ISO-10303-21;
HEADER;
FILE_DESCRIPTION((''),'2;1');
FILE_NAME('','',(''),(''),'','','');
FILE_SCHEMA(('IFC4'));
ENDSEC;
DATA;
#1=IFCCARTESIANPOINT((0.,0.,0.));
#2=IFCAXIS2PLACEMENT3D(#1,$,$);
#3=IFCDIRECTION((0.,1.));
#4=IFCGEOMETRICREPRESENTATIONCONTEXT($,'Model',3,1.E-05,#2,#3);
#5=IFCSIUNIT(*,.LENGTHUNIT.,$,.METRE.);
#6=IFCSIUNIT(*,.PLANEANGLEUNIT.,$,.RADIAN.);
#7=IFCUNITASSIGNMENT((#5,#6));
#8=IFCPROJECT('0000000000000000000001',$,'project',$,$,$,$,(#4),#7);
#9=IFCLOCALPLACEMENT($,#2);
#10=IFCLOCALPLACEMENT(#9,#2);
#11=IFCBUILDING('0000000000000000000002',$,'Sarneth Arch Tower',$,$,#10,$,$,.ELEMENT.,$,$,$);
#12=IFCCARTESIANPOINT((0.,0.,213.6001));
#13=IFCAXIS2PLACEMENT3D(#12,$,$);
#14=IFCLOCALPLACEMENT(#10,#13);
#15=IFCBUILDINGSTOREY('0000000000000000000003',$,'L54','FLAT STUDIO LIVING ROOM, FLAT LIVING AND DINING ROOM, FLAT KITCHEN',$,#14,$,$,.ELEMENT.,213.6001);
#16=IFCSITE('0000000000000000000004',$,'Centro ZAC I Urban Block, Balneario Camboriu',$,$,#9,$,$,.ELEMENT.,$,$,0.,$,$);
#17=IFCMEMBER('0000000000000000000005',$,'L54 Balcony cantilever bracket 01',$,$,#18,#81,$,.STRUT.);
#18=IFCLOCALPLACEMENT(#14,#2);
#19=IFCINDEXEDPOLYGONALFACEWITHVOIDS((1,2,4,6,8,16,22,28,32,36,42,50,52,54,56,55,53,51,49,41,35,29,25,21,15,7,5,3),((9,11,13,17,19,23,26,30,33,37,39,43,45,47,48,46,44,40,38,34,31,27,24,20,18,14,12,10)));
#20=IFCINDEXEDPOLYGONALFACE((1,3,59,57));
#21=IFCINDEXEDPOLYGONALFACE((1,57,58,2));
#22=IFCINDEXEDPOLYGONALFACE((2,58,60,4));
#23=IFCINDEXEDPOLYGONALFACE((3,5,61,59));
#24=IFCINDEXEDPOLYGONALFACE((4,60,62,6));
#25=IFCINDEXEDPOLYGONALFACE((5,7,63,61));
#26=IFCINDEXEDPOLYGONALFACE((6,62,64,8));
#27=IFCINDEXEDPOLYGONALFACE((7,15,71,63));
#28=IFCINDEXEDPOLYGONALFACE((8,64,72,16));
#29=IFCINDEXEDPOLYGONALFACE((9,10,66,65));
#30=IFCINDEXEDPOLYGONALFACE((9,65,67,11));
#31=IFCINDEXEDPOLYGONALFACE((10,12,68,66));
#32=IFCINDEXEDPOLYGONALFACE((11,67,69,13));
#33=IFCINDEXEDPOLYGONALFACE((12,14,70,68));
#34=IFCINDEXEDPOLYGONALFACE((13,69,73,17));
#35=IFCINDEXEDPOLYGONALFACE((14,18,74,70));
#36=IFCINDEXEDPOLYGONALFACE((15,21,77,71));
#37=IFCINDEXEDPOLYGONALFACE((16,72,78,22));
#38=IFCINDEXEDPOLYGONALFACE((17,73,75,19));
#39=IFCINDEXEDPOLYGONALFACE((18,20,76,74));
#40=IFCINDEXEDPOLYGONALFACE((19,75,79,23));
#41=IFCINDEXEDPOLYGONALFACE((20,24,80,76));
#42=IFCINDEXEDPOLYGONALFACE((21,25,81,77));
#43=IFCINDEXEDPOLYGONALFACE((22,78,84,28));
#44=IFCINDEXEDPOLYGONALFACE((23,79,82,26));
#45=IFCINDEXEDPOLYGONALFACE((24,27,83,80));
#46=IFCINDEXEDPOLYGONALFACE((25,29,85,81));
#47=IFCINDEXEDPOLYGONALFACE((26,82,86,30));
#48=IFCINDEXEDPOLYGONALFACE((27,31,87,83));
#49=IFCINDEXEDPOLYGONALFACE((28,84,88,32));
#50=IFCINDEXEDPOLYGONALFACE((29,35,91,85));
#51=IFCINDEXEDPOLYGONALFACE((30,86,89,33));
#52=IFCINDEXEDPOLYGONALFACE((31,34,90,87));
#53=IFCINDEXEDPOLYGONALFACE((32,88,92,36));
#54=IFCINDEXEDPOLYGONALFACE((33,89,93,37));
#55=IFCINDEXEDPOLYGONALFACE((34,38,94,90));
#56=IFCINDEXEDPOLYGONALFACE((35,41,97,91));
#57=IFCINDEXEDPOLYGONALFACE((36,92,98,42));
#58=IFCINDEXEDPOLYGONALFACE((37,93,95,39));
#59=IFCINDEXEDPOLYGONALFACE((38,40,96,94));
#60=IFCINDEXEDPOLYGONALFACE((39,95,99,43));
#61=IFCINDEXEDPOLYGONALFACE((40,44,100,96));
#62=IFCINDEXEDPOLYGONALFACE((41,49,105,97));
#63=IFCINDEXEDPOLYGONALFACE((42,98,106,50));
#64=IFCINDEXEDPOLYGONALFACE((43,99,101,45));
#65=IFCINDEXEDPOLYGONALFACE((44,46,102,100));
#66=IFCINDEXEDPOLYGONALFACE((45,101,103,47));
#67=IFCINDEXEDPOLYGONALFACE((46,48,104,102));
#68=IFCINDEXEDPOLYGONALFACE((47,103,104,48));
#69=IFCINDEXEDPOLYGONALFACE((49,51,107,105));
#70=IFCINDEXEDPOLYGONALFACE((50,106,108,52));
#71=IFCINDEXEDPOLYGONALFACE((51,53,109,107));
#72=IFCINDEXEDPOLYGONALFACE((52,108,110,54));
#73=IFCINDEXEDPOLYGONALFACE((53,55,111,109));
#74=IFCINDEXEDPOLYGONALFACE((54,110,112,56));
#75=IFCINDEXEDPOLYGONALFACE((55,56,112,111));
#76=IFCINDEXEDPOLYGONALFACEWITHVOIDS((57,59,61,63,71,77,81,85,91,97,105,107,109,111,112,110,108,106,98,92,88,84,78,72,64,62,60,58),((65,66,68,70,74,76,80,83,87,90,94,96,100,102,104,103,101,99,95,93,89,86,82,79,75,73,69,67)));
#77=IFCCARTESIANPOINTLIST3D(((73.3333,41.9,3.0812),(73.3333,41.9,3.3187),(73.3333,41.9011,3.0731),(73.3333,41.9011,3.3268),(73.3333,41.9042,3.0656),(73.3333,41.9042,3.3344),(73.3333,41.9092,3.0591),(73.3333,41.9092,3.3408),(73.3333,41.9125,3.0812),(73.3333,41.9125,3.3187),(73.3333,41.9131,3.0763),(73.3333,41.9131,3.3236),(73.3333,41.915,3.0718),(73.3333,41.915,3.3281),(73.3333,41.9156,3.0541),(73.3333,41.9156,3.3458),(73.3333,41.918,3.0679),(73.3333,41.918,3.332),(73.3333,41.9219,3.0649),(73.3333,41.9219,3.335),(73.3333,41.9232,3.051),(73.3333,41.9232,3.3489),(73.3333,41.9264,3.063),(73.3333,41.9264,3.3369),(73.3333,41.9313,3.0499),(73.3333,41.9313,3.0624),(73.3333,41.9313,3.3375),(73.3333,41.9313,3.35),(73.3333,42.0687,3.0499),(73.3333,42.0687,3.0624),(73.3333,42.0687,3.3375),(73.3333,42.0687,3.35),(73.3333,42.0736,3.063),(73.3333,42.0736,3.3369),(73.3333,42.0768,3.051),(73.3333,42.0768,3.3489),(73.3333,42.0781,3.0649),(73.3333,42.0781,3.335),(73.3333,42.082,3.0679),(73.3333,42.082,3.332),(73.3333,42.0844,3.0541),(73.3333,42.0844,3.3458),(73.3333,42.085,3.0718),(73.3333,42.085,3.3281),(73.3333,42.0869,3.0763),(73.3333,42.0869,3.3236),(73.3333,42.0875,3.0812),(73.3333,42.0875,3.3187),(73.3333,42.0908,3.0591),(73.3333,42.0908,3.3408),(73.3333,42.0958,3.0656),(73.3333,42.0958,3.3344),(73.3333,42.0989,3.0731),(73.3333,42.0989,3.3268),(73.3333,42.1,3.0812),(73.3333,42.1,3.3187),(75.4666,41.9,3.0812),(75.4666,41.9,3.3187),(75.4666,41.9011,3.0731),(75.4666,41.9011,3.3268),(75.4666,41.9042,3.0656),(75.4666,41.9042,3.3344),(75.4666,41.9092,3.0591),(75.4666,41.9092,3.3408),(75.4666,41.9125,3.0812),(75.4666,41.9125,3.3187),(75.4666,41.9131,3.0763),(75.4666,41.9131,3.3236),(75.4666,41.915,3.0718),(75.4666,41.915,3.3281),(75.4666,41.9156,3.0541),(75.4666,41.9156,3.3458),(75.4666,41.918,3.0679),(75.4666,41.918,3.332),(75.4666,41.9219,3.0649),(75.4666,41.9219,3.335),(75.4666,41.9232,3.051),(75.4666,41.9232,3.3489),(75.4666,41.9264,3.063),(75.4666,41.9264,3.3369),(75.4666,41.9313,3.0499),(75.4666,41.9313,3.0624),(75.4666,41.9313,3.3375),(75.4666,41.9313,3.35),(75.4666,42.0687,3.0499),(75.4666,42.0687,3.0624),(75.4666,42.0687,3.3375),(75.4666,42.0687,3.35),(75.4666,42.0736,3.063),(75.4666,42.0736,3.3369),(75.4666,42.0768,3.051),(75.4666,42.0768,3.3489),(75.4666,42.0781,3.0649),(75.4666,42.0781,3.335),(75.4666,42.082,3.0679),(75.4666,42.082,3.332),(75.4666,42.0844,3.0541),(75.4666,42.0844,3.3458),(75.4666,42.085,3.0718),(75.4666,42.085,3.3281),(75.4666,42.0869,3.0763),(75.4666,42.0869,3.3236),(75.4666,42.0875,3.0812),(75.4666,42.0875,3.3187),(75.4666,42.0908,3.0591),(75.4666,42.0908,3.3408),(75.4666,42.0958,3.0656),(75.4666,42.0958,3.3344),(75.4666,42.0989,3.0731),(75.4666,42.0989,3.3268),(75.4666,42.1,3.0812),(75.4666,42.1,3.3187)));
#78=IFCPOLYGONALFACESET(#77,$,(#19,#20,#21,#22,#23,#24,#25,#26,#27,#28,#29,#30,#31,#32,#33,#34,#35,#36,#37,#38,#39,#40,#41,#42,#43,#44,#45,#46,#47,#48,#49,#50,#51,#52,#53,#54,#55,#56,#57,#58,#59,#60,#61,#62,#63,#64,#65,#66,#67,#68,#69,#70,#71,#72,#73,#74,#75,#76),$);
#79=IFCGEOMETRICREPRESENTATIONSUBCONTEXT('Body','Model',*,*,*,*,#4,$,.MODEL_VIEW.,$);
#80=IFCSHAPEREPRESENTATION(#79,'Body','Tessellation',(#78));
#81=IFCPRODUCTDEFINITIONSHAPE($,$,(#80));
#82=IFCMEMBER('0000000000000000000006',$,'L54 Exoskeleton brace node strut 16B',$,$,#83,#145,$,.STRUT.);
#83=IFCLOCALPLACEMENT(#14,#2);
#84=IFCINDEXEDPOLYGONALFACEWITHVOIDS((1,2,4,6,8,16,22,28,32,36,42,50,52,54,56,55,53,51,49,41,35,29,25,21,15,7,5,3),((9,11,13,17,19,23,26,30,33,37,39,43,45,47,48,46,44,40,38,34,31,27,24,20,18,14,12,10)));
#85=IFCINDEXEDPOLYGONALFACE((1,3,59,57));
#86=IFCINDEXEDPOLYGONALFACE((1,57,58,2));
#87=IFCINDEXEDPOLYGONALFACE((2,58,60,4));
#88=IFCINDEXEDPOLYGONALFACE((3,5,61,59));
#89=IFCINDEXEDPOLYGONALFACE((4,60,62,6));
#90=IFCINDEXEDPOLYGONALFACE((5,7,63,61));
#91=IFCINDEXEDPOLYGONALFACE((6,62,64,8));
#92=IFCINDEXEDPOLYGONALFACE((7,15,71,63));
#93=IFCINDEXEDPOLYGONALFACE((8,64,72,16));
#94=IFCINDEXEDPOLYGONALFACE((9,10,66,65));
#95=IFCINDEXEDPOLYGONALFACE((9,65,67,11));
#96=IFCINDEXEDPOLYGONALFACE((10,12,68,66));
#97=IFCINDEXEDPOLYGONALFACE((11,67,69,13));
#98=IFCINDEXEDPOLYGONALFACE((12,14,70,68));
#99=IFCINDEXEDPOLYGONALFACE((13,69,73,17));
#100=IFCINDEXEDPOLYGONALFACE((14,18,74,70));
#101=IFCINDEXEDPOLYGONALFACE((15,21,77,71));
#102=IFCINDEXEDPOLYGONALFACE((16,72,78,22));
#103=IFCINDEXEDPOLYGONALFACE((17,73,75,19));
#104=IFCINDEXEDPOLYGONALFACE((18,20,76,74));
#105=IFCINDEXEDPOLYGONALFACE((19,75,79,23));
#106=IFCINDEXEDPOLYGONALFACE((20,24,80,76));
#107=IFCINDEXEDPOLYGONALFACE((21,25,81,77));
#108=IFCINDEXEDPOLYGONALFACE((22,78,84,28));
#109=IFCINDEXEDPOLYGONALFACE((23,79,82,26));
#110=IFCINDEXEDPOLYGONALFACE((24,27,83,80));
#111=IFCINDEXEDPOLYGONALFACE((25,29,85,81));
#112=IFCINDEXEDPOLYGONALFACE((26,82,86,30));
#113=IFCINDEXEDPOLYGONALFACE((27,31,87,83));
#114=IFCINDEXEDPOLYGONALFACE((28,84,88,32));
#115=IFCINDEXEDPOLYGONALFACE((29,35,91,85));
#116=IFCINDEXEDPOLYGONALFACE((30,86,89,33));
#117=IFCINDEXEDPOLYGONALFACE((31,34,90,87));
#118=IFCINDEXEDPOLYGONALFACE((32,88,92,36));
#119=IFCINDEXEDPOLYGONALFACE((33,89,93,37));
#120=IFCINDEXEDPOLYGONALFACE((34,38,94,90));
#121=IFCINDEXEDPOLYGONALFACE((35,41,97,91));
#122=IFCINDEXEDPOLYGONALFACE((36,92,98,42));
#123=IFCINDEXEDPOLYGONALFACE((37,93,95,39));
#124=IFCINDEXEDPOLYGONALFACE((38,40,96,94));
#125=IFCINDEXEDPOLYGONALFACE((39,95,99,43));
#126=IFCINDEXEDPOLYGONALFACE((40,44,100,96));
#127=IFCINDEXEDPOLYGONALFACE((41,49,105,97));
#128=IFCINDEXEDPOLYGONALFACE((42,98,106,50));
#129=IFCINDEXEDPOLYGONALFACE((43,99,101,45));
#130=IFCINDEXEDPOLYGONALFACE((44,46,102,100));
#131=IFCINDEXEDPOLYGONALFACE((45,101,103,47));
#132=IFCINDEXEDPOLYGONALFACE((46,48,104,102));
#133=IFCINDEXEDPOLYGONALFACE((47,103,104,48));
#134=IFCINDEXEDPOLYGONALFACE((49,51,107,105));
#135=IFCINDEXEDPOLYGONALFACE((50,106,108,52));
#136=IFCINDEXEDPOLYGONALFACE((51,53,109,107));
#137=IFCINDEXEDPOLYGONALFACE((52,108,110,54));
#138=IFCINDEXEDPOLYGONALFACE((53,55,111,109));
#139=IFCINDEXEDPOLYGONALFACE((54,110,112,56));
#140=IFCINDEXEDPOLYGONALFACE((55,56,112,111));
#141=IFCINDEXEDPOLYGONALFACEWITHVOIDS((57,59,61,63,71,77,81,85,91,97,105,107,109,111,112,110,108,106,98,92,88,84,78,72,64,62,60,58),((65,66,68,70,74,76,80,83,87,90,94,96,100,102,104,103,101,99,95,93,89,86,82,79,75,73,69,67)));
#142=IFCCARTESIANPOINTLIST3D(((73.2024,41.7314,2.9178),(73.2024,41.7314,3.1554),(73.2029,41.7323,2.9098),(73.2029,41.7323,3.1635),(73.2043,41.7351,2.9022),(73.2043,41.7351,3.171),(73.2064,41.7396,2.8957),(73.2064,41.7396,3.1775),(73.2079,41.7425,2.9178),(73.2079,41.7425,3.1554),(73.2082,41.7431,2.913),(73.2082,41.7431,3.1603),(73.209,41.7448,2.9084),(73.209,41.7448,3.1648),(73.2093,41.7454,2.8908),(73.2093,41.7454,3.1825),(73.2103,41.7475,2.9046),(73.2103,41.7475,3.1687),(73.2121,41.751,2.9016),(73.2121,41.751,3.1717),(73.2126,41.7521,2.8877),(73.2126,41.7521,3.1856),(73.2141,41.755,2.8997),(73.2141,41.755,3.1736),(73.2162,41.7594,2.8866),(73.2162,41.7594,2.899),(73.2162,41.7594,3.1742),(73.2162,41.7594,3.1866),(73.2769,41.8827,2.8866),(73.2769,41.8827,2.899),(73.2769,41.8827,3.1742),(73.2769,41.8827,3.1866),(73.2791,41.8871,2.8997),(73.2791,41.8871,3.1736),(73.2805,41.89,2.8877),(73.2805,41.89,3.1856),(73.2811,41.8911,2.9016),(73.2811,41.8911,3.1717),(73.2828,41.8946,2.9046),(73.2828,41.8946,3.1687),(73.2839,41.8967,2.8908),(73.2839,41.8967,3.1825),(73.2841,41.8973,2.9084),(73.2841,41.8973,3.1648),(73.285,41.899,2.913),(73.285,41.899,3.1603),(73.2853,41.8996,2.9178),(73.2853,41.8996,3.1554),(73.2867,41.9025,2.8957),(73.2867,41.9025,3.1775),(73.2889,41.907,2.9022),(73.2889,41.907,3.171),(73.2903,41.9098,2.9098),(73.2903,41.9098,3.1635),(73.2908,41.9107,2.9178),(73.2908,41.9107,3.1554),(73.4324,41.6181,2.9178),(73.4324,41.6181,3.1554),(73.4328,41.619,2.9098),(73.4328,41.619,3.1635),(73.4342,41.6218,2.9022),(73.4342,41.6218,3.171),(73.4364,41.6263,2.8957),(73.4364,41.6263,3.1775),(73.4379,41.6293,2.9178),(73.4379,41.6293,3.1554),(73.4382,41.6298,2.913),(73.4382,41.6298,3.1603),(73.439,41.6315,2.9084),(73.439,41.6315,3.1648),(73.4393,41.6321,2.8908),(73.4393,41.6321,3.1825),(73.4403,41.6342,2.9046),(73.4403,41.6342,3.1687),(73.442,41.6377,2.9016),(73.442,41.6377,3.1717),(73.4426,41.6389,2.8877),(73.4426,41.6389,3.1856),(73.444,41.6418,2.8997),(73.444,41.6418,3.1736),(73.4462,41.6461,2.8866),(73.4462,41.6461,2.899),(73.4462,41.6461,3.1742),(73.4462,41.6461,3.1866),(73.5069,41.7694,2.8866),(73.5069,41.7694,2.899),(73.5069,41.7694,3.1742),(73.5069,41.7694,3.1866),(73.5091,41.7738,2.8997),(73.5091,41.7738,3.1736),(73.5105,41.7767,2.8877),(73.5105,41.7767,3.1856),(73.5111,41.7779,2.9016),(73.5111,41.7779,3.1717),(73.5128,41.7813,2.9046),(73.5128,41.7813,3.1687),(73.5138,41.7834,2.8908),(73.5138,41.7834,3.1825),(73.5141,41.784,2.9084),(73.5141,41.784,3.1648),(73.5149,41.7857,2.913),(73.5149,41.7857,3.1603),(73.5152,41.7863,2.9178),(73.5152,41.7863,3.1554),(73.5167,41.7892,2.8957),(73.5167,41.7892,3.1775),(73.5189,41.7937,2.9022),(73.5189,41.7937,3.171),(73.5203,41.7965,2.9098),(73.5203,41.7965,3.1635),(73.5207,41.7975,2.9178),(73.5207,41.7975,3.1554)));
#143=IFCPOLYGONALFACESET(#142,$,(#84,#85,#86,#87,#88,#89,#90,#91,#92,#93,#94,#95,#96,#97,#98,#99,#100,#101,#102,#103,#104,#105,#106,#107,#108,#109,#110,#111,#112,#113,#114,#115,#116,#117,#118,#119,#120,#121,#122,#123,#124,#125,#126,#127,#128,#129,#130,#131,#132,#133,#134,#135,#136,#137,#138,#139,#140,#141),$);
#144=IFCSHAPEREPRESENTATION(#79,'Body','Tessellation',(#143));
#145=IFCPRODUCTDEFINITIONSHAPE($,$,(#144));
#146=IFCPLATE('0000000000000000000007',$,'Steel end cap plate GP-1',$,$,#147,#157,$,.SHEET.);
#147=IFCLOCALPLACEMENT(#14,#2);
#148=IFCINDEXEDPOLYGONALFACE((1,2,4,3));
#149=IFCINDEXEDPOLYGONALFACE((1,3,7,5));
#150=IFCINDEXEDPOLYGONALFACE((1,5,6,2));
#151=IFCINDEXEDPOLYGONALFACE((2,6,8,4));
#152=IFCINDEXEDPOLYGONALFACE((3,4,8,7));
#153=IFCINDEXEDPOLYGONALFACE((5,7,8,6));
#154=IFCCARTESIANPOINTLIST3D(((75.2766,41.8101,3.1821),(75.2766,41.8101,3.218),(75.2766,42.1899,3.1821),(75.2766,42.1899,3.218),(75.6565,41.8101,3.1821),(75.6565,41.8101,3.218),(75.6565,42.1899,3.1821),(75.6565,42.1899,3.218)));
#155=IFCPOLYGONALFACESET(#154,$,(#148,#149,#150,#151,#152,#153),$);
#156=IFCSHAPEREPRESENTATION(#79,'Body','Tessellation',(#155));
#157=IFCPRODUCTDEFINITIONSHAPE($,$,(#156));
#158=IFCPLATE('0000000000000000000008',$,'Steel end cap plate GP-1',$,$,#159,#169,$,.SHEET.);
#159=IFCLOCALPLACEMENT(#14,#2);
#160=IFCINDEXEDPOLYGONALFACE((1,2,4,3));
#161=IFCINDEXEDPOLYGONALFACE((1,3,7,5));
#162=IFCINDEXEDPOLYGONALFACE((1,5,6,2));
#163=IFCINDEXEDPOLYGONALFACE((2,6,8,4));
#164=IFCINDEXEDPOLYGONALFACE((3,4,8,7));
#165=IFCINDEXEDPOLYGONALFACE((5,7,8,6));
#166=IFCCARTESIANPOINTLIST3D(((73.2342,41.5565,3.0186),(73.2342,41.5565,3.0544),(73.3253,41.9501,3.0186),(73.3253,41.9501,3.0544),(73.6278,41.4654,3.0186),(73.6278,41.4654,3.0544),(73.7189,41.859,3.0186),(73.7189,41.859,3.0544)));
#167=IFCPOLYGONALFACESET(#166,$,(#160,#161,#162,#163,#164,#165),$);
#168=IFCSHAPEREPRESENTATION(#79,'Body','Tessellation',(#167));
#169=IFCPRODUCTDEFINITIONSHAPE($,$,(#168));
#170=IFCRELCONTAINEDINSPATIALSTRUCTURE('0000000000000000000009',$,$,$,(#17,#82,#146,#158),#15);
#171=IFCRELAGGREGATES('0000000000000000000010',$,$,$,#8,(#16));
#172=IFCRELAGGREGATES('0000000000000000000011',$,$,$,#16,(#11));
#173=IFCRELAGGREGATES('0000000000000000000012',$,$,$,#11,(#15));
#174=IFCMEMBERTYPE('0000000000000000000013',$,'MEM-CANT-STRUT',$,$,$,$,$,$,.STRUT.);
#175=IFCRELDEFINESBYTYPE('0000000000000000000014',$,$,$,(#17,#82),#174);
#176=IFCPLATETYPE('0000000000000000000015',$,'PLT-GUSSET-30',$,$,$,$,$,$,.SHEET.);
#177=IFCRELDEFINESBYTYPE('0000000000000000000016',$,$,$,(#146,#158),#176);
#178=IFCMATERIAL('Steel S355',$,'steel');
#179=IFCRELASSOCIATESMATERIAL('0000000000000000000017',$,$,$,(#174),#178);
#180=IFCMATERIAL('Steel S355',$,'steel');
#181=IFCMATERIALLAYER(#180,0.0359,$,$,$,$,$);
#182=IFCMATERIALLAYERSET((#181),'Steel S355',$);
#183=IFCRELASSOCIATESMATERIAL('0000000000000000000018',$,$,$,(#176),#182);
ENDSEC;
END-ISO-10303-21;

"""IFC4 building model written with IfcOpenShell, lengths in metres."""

from ifc_helpers import new_model, si_unit, direction, frame, origin, origin_2d, place, context, subcontext, project, spatial, rectangle, hollow_rectangle, extrude, material, layer, layer_set, material_profile, profile_set, type_object, element, save


model = new_model("IFC4")

# Units and contexts
model_context = context("Model", 3, precision=1e-05, world=origin(), true_north=direction((0.0, 1.0)))
body_context = subcontext(model_context, "Body", "Model", "MODEL_VIEW")
ifc_project = project(units=[si_unit("LENGTHUNIT", "METRE"), si_unit("PLANEANGLEUNIT", "RADIAN")], contexts=[model_context])

# Site, building, storey
site_placement = place(None, origin())
site = spatial("IfcSite", under=ifc_project, at=site_placement, Name="Centro ZAC I Urban Block, Balneario Camboriu", CompositionType="ELEMENT", RefElevation=0.0)
building_placement = place(site_placement, origin())
building = spatial("IfcBuilding", under=site, at=building_placement, Name="Sarneth Arch Tower", CompositionType="ELEMENT")
storey_placement = place(building_placement, frame((0.0, 0.0, 213.6001)))
storey = spatial("IfcBuildingStorey", under=building, at=storey_placement, Name="L54", Description="FLAT STUDIO LIVING ROOM, FLAT LIVING AND DINING ROOM, FLAT KITCHEN", CompositionType="ELEMENT", Elevation=213.6001)

# Members
ifc_material_1 = material(Name="Steel S355", Category="steel")
ifc_material_profile_1 = material_profile(ifc_material_1, hollow_rectangle(XDim=0.2, YDim=0.3, WallThickness=0.0125, InnerFilletRadius=0.0188, OuterFilletRadius=0.0312, at=origin_2d()), Name="RHS300x200x12.5")
ifc_profile_set_1 = profile_set([ifc_material_profile_1], Name="Steel S355")
member_type_1 = type_object("IfcMemberType", Name="MEM-CANT-STRUT", PredefinedType="STRUT", material=ifc_profile_set_1)
member_1_placement = place(storey_placement, frame((73.3333, 42.0, 3.2), z_axis=(1.0, 0.0, 0.0), x_axis=(0.0, 1.0, 0.0)))
element("IfcMember", 1, at=member_1_placement, inside=storey, type_object=member_type_1, Name="L54 Balcony cantilever bracket 01", PredefinedType="STRUT", context=body_context, shape_type="SweptSolid", body=[
    extrude(hollow_rectangle(XDim=0.2, YDim=0.3, WallThickness=0.0125, InnerFilletRadius=0.0188, OuterFilletRadius=0.0312, at=origin_2d()), origin(), (0.0, 0.0, 1.0), 2.1333),
])
member_2_placement = place(storey_placement, frame((73.2466, 41.821, 3.0366), z_axis=(0.897078, -0.441873, 0.0), x_axis=(0.441873, 0.897078, 0.0)))
element("IfcMember", 2, at=member_2_placement, inside=storey, type_object=member_type_1, Name="L54 Exoskeleton brace node strut 16B", PredefinedType="STRUT", context=body_context, shape_type="SweptSolid", body=[
    extrude(hollow_rectangle(XDim=0.2, YDim=0.3, WallThickness=0.0125, InnerFilletRadius=0.0188, OuterFilletRadius=0.0312, at=origin_2d()), origin(), (0.0, 0.0, 1.0), 0.2563),
])

# Plates
ifc_material_2 = material(Name="Steel S355", Category="steel")
ifc_layer_1 = layer(ifc_material_2, 0.0359)
ifc_layer_set_1 = layer_set([ifc_layer_1], Name="Steel S355")
plate_type = type_object("IfcPlateType", Name="PLT-GUSSET-30", PredefinedType="SHEET", material=ifc_layer_set_1)
plate_1_placement = place(storey_placement, frame((75.4666, 42.0, 3.1821), z_axis=(0.0, 0.0, 1.0), x_axis=(1.0, 0.0, 0.0)))
element("IfcPlate", 3, at=plate_1_placement, inside=storey, type_object=plate_type, Name="Steel end cap plate GP-1", PredefinedType="SHEET", context=body_context, shape_type="SweptSolid", body=[
    extrude(rectangle(XDim=0.3799, YDim=0.3799, at=origin_2d()), origin(), (0.0, 0.0, 1.0), 0.0359),
])
plate_2_placement = place(storey_placement, frame((73.4766, 41.7078, 3.0186), z_axis=(0.0, 0.0, 1.0), x_axis=(0.225461, 0.974252, 0.0)))
element("IfcPlate", 4, at=plate_2_placement, inside=storey, type_object=plate_type, Name="Steel end cap plate GP-1", PredefinedType="SHEET", context=body_context, shape_type="SweptSolid", body=[
    extrude(rectangle(XDim=0.4041, YDim=0.4041, at=origin_2d()), origin(), (0.0, 0.0, 1.0), 0.0359),
])

save(model, "model.ifc")
